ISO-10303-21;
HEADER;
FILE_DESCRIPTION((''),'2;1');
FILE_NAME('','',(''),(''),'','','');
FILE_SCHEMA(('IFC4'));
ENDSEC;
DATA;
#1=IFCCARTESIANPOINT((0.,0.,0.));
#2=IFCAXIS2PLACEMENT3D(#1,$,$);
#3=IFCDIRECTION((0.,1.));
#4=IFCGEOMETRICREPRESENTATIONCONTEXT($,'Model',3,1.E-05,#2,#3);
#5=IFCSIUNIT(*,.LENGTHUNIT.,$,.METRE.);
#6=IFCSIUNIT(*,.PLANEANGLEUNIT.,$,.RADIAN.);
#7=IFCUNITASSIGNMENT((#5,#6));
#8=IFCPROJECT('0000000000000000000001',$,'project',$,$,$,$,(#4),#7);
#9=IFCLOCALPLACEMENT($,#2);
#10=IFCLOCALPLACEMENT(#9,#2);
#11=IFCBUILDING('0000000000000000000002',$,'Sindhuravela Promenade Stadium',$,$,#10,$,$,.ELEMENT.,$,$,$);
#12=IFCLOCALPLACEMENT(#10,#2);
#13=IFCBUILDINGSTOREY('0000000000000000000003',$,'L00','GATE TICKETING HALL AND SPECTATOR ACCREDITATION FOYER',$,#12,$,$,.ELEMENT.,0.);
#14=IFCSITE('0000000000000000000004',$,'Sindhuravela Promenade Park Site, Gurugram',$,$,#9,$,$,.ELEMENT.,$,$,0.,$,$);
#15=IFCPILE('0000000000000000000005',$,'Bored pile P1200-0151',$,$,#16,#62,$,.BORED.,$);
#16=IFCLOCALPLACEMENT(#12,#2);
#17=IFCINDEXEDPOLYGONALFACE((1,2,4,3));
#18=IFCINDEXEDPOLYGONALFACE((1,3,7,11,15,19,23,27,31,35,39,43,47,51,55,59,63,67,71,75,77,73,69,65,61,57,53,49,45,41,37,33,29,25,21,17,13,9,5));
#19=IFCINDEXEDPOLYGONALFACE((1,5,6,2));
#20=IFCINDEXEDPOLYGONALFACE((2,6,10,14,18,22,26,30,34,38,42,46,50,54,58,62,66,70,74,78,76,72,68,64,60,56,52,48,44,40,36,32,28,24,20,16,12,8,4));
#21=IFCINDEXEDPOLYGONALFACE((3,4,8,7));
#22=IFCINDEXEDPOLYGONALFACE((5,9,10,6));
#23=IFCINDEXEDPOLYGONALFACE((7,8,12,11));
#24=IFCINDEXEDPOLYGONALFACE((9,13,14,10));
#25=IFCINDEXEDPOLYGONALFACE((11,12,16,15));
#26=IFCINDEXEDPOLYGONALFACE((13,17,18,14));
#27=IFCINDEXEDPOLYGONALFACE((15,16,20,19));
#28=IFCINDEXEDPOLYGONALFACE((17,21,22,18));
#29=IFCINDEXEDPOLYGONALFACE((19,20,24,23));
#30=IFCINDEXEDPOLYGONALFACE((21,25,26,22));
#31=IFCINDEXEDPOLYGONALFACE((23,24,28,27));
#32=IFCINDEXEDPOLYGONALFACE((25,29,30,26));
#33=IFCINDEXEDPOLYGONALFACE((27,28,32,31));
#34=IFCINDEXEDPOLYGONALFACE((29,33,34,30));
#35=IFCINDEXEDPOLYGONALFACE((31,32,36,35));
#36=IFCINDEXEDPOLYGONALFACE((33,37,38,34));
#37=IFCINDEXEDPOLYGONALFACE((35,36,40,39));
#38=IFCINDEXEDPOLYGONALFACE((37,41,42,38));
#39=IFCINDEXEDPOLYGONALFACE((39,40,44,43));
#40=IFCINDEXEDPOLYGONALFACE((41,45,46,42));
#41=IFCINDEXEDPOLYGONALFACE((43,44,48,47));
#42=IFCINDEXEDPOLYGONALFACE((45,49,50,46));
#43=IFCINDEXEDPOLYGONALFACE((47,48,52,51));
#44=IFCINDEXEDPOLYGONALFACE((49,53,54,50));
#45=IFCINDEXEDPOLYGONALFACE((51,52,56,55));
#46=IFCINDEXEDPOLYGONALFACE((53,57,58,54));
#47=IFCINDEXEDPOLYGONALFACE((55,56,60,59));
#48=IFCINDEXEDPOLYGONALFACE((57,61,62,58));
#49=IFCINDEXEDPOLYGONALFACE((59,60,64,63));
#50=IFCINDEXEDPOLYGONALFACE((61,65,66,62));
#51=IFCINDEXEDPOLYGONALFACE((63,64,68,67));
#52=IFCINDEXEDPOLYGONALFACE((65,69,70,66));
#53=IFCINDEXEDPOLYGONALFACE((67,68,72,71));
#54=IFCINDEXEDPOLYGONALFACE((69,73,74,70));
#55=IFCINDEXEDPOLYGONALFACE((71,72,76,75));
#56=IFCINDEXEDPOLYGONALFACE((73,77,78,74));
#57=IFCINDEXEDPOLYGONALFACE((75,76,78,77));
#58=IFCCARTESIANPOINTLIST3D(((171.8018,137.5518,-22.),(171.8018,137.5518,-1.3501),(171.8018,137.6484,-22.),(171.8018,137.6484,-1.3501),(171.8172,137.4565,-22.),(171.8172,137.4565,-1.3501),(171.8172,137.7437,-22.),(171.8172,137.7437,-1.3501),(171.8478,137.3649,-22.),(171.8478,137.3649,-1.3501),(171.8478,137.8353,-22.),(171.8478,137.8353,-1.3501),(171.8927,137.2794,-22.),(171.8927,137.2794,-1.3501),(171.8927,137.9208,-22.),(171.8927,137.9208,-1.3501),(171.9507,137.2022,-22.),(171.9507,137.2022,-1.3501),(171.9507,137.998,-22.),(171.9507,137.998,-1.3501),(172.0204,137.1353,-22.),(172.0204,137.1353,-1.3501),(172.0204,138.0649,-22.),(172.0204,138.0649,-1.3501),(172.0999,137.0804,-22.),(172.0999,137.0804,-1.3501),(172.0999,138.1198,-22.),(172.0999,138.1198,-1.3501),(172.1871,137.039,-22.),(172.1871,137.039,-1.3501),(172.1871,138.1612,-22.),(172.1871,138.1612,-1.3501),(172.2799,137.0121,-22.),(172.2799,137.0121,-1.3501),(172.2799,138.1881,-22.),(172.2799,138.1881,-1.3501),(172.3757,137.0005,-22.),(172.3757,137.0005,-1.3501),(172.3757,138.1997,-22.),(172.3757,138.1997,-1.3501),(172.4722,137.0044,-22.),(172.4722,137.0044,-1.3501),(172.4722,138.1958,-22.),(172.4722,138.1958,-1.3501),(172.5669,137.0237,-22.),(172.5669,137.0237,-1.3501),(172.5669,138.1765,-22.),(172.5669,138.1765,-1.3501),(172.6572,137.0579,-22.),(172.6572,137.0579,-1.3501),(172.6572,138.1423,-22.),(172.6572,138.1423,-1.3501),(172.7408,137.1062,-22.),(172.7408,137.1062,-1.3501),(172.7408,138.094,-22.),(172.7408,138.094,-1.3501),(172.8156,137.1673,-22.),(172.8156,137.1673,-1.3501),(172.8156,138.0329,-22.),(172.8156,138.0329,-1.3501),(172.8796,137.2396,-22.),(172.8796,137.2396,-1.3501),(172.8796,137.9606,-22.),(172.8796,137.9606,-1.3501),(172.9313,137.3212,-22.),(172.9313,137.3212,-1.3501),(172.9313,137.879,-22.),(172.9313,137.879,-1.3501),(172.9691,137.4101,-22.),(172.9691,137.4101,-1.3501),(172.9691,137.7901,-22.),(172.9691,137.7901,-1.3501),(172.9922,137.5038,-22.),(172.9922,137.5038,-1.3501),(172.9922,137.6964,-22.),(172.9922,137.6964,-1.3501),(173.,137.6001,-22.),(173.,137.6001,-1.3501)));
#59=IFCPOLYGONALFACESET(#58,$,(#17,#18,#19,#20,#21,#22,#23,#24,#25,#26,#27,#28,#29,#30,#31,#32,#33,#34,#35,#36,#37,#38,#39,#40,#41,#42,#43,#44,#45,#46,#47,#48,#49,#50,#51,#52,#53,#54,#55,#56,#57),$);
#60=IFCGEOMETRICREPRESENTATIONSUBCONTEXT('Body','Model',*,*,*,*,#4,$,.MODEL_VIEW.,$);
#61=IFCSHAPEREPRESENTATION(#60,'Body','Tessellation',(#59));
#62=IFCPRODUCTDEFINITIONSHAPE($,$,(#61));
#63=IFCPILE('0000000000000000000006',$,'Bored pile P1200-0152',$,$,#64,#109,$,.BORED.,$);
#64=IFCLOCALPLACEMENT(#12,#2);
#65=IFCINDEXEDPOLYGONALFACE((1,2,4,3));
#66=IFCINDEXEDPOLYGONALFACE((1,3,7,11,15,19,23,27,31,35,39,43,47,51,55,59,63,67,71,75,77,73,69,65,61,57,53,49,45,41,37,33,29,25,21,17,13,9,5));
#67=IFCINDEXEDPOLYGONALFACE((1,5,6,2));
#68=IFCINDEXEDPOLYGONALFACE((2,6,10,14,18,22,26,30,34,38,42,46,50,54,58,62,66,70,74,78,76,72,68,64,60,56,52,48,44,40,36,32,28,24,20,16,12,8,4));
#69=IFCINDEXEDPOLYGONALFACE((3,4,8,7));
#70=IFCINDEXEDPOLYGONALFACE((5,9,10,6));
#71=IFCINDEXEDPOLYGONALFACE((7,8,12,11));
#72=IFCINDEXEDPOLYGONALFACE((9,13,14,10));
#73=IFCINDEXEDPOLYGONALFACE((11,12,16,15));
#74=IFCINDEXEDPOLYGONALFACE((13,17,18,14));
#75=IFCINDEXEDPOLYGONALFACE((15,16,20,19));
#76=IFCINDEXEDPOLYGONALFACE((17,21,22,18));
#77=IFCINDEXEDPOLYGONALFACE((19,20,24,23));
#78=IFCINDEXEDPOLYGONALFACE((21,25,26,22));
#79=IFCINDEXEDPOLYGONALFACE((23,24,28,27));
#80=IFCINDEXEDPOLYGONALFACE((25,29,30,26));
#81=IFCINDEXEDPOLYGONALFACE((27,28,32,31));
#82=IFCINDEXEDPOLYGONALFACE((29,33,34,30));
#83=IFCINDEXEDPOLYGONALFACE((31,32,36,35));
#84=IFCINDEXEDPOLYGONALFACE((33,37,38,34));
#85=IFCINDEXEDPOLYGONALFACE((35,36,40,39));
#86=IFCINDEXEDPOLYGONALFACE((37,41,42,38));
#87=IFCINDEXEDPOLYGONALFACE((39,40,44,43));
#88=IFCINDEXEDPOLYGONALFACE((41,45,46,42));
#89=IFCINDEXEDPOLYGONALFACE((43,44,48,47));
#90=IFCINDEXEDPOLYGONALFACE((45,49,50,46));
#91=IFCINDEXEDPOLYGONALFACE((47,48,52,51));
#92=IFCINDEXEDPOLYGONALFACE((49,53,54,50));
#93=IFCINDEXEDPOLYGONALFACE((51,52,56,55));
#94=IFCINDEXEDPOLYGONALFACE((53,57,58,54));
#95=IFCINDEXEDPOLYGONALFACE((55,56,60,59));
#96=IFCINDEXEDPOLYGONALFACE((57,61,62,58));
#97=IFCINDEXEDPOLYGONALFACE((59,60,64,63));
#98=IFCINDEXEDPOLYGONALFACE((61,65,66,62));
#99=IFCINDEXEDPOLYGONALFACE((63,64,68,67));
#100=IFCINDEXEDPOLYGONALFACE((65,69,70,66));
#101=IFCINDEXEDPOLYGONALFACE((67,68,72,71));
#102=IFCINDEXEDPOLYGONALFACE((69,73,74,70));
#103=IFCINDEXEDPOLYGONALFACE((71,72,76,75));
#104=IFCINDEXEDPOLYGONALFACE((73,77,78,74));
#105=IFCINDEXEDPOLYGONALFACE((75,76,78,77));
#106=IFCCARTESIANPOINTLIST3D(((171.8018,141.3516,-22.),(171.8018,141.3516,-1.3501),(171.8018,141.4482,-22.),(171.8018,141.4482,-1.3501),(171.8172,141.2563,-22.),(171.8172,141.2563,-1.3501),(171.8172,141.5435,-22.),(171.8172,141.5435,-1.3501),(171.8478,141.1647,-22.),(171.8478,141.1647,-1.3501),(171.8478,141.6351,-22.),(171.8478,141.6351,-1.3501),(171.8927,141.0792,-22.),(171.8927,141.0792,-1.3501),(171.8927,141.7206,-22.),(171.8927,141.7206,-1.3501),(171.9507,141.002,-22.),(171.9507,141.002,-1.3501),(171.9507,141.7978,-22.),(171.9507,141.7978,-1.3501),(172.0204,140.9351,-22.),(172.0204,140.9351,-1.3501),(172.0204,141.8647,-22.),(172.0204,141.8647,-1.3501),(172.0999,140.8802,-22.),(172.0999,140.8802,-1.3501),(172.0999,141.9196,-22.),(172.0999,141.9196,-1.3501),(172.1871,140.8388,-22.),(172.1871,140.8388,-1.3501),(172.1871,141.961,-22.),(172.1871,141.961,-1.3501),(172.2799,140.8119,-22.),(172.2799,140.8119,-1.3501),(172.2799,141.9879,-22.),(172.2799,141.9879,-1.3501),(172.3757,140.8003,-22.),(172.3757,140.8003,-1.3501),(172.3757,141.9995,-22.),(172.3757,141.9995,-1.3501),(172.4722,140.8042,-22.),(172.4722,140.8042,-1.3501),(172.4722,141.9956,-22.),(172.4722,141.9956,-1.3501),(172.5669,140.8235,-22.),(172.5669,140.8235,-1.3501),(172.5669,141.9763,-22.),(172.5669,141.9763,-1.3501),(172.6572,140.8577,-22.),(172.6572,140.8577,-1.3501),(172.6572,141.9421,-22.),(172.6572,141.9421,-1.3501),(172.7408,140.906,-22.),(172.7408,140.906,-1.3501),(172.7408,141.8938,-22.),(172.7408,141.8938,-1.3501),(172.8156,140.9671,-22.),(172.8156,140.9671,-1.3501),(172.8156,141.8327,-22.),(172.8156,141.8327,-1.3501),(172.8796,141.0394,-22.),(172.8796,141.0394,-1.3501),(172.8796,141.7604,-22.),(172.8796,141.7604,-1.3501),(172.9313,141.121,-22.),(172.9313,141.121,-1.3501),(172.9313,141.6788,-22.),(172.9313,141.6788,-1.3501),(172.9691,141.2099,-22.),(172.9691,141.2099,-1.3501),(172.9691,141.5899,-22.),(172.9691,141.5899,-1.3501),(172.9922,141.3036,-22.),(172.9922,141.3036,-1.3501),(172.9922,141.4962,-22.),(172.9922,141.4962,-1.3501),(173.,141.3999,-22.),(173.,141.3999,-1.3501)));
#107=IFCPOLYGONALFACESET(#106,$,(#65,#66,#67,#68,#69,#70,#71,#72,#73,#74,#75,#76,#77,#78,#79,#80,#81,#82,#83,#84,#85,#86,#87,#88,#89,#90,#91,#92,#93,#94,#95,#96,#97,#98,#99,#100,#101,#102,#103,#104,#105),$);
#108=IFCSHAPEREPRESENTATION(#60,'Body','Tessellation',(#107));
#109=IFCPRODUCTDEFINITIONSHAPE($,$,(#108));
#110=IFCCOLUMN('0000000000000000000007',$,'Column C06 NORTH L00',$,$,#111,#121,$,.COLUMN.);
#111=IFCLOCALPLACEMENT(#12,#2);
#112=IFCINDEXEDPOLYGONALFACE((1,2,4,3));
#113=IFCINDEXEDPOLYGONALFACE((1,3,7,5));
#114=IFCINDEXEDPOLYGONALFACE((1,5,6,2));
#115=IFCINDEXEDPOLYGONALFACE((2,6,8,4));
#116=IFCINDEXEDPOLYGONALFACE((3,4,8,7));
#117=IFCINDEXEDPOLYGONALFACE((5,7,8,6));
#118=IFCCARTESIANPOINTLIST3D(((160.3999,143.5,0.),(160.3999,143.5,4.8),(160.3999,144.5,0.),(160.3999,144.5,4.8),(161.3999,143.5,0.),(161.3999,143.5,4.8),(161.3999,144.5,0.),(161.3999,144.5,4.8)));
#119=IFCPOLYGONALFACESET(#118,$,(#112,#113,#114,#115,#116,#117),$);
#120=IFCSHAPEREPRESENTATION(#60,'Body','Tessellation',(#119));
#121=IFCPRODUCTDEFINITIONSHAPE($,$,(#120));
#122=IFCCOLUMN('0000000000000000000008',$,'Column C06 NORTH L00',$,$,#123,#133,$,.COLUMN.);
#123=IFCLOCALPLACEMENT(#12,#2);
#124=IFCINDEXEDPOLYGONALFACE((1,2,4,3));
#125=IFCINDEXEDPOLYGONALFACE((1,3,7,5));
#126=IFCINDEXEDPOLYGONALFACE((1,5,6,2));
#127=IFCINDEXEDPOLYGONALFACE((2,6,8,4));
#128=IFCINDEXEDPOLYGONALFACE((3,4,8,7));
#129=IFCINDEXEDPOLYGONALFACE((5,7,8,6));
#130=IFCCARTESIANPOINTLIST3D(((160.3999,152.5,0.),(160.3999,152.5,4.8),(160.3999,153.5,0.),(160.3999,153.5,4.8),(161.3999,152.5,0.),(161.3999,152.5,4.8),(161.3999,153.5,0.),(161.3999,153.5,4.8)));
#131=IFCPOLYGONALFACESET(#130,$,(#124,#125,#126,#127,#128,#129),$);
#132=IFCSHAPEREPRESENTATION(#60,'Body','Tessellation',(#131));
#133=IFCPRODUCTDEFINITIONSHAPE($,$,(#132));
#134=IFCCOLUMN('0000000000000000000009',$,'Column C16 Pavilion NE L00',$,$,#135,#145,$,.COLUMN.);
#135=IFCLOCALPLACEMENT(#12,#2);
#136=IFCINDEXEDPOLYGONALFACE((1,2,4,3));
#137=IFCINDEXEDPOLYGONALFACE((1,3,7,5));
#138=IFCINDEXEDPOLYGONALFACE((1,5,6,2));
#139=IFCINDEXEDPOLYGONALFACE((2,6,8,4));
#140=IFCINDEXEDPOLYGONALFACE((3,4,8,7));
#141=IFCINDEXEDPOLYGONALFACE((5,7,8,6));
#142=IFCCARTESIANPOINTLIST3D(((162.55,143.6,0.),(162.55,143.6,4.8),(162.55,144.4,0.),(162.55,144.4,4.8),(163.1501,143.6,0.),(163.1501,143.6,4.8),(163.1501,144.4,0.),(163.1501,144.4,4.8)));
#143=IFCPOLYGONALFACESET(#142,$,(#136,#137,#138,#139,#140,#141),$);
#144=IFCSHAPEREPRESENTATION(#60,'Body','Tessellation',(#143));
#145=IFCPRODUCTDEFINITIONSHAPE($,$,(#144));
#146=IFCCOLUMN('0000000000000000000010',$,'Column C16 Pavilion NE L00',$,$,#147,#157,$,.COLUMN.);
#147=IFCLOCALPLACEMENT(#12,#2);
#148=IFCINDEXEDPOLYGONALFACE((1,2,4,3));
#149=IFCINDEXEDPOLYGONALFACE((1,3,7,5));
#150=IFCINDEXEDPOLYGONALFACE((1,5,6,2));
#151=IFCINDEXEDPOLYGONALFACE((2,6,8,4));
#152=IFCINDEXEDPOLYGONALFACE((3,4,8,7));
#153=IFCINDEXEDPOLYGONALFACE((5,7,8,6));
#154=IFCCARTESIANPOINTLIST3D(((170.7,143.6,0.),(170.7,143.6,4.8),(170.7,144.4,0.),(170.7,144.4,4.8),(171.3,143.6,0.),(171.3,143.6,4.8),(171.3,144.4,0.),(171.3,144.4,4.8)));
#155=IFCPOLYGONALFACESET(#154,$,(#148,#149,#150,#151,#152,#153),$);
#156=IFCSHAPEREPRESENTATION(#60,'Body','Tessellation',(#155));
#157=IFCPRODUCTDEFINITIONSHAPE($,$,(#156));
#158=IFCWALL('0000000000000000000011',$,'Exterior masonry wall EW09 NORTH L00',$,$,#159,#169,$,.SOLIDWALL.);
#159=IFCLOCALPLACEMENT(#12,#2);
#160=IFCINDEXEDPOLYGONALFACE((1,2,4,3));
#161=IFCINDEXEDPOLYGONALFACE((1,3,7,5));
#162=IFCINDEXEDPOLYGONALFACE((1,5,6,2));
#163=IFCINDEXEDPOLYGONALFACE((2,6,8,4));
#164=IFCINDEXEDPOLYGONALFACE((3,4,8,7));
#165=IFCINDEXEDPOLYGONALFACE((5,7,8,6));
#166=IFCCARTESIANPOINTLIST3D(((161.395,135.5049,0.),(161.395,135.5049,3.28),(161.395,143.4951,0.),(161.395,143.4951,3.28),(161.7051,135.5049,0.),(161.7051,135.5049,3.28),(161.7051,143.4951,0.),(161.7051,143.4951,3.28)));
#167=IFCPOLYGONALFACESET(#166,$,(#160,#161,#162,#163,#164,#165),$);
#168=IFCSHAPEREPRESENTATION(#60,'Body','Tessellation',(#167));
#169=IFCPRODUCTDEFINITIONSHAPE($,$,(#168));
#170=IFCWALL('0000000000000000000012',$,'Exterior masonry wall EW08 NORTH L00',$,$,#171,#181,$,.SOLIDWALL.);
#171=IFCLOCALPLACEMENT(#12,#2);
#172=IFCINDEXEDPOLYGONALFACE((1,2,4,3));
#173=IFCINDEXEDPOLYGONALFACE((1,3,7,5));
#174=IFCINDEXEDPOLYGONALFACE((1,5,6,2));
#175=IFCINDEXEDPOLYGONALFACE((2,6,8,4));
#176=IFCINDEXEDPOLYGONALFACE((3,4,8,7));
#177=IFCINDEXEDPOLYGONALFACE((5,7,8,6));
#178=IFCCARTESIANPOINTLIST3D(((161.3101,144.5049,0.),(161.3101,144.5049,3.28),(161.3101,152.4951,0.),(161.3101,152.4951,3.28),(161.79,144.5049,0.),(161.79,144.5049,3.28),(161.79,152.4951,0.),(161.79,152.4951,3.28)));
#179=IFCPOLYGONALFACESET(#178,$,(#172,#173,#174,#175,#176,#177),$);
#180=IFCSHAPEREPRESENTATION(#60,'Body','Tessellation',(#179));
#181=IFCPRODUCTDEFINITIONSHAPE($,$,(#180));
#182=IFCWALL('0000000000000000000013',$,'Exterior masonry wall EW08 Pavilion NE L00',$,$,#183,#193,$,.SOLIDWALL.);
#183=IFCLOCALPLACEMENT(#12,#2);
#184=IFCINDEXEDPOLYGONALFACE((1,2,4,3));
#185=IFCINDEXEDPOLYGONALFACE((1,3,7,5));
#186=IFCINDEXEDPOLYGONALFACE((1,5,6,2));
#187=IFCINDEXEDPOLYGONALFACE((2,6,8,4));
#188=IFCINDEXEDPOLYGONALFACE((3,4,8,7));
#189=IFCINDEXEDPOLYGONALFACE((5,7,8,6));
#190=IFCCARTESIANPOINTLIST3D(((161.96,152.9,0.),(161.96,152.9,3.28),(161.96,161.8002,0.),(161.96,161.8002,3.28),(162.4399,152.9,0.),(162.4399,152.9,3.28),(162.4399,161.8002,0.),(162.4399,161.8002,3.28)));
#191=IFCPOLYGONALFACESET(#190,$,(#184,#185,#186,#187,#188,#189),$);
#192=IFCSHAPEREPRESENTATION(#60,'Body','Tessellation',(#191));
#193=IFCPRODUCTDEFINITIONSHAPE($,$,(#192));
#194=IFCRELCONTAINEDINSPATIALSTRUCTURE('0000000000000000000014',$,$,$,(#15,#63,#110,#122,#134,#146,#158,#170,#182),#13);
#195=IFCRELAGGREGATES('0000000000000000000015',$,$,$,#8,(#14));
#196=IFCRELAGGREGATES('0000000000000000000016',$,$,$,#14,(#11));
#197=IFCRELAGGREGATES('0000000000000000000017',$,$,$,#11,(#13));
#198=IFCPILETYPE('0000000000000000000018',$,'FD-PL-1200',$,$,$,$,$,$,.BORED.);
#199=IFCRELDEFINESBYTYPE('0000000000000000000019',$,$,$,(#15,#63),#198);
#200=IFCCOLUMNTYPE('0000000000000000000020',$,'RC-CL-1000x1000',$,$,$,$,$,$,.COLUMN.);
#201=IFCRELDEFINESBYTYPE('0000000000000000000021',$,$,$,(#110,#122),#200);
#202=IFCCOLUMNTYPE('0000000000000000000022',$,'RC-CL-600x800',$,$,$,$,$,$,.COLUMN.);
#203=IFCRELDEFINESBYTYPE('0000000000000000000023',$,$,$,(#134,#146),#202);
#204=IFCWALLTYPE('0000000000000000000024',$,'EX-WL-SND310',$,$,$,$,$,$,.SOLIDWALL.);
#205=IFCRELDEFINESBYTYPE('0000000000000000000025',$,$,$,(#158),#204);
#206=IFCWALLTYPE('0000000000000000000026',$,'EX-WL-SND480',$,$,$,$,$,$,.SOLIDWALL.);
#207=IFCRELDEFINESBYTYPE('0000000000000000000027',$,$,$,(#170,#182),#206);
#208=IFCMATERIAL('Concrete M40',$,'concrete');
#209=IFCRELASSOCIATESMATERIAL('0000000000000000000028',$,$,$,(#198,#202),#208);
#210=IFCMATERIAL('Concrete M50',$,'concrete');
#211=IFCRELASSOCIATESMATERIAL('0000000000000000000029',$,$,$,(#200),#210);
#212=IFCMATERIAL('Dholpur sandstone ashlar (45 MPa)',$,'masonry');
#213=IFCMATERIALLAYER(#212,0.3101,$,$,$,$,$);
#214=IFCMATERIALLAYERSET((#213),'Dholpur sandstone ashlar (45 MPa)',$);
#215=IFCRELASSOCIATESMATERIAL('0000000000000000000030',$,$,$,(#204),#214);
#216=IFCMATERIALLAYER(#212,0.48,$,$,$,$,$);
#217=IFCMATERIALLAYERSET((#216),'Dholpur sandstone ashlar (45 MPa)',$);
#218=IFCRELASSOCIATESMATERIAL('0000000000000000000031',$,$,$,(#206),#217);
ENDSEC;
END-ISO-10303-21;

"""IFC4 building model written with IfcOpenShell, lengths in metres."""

from ifc_helpers import new_model, si_unit, direction, frame, frame_2d, origin, origin_2d, place, context, subcontext, project, spatial, rectangle, circle, extrude, material, layer, layer_set, material_profile, profile_set, type_object, element, save


model = new_model("IFC4")

# Units and contexts
model_context = context("Model", 3, precision=1e-05, world=origin(), true_north=direction((0.0, 1.0)))
body_context = subcontext(model_context, "Body", "Model", "MODEL_VIEW")
ifc_project = project(units=[si_unit("LENGTHUNIT", "METRE"), si_unit("PLANEANGLEUNIT", "RADIAN")], contexts=[model_context])

# Site, building, storey
site_placement = place(None, origin())
site = spatial("IfcSite", under=ifc_project, at=site_placement, Name="Sindhuravela Promenade Park Site, Gurugram", CompositionType="ELEMENT", RefElevation=0.0)
building_placement = place(site_placement, origin())
building = spatial("IfcBuilding", under=site, at=building_placement, Name="Sindhuravela Promenade Stadium", CompositionType="ELEMENT")
storey_placement = place(building_placement, origin())
storey = spatial("IfcBuildingStorey", under=building, at=storey_placement, Name="L00", Description="GATE TICKETING HALL AND SPECTATOR ACCREDITATION FOYER", CompositionType="ELEMENT", Elevation=0.0)

# Shared definitions
ifc_material_1 = material(Name="Concrete M50", Category="concrete")

# Piles
ifc_material_2 = material(Name="Concrete M40", Category="concrete")
ifc_material_profile_1 = material_profile(ifc_material_2, circle(Radius=0.6001, at=origin_2d()), Name="BORED PILE D1200")
ifc_profile_set_1 = profile_set([ifc_material_profile_1], Name="Concrete M40")
pile_type_1 = type_object("IfcPileType", Name="FD-PL-1200", PredefinedType="BORED", material=ifc_profile_set_1)
for number, where, z_axis, x_axis, name in (
    (1, (172.3999, 137.6001, -1.3501), (0.0, 0.0, -1.0), (1.0, 0.0, 0.0), "Bored pile P1200-0151"),
    (2, (172.3999, 141.3999, -1.3501), (0.0, 0.0, -1.0), (1.0, 0.0, 0.0), "Bored pile P1200-0152"),
):
    element("IfcPile", number, at=place(storey_placement, frame(where, z_axis=z_axis, x_axis=x_axis)), inside=storey, type_object=pile_type_1, Name=name, PredefinedType="BORED", context=body_context, shape_type="SweptSolid", body=[
        extrude(circle(Radius=0.6001, at=origin_2d()), origin(), (0.0, 0.0, 1.0), 20.6499),
    ])

# Columns
ifc_material_profile_2 = material_profile(ifc_material_1, rectangle(XDim=1.0, YDim=1.0, at=origin_2d()), Name="RC 1000x1000")
ifc_profile_set_2 = profile_set([ifc_material_profile_2], Name="Concrete M50")
column_type_1 = type_object("IfcColumnType", Name="RC-CL-1000x1000", PredefinedType="COLUMN", material=ifc_profile_set_2)
for number, where, z_axis, x_axis, name in (
    (3, (160.8999, 144.0, 0.0), (0.0, 0.0, 1.0), (1.0, 0.0, 0.0), "Column C06 NORTH L00"),
    (4, (160.8999, 153.0, 0.0), (0.0, 0.0, 1.0), (1.0, 0.0, 0.0), "Column C06 NORTH L00"),
):
    element("IfcColumn", number, at=place(storey_placement, frame(where, z_axis=z_axis, x_axis=x_axis)), inside=storey, type_object=column_type_1, Name=name, PredefinedType="COLUMN", context=body_context, shape_type="SweptSolid", body=[
        extrude(rectangle(XDim=1.0, YDim=1.0, at=origin_2d()), origin(), (0.0, 0.0, 1.0), 4.8),
    ])
ifc_material_profile_3 = material_profile(ifc_material_2, rectangle(XDim=0.6001, YDim=0.8, at=origin_2d()), Name="RC 600x800")
ifc_profile_set_3 = profile_set([ifc_material_profile_3], Name="Concrete M40")
column_type_2 = type_object("IfcColumnType", Name="RC-CL-600x800", PredefinedType="COLUMN", material=ifc_profile_set_3)
for number, where, z_axis, x_axis, name in (
    (5, (162.8501, 144.0, 0.0), (0.0, 0.0, 1.0), (1.0, 0.0, 0.0), "Column C16 Pavilion NE L00"),
    (6, (171.0, 144.0, 0.0), (0.0, 0.0, 1.0), (1.0, 0.0, 0.0), "Column C16 Pavilion NE L00"),
):
    element("IfcColumn", number, at=place(storey_placement, frame(where, z_axis=z_axis, x_axis=x_axis)), inside=storey, type_object=column_type_2, Name=name, PredefinedType="COLUMN", context=body_context, shape_type="SweptSolid", body=[
        extrude(rectangle(XDim=0.6001, YDim=0.8, at=origin_2d()), origin(), (0.0, 0.0, 1.0), 4.8),
    ])

# Walls
ifc_material_3 = material(Name="Dholpur sandstone ashlar (45 MPa)", Category="masonry")
ifc_layer_1 = layer(ifc_material_3, 0.3101)
ifc_layer_set_1 = layer_set([ifc_layer_1], Name="Dholpur sandstone ashlar (45 MPa)")
wall_type_1 = type_object("IfcWallType", Name="EX-WL-SND310", PredefinedType="SOLIDWALL", material=ifc_layer_set_1)
wall_1_placement = place(storey_placement, frame((161.55, 143.4951, 0.0), z_axis=(0.0, 0.0, 1.0), x_axis=(0.0, -1.0, 0.0)))
element("IfcWall", 7, at=wall_1_placement, inside=storey, type_object=wall_type_1, Name="Exterior masonry wall EW09 NORTH L00", PredefinedType="SOLIDWALL", context=body_context, shape_type="SweptSolid", body=[
    extrude(rectangle(XDim=7.9902, YDim=0.3101, at=frame_2d((3.9951, 0.0))), origin(), (0.0, 0.0, 1.0), 3.28),
])
ifc_layer_2 = layer(ifc_material_3, 0.48)
ifc_layer_set_2 = layer_set([ifc_layer_2], Name="Dholpur sandstone ashlar (45 MPa)")
wall_type_2 = type_object("IfcWallType", Name="EX-WL-SND480", PredefinedType="SOLIDWALL", material=ifc_layer_set_2)
wall_2_placement = place(storey_placement, frame((161.55, 152.4951, 0.0), z_axis=(0.0, 0.0, 1.0), x_axis=(0.0, -1.0, 0.0)))
element("IfcWall", 8, at=wall_2_placement, inside=storey, type_object=wall_type_2, Name="Exterior masonry wall EW08 NORTH L00", PredefinedType="SOLIDWALL", context=body_context, shape_type="SweptSolid", body=[
    extrude(rectangle(XDim=7.9902, YDim=0.48, at=frame_2d((3.9951, 0.0))), origin(), (0.0, 0.0, 1.0), 3.28),
])
wall_3_placement = place(storey_placement, frame((162.2, 152.8999, 0.0), z_axis=(0.0, 0.0, 1.0), x_axis=(0.0, 1.0, 0.0)))
element("IfcWall", 9, at=wall_3_placement, inside=storey, type_object=wall_type_2, Name="Exterior masonry wall EW08 Pavilion NE L00", PredefinedType="SOLIDWALL", context=body_context, shape_type="SweptSolid", body=[
    extrude(rectangle(XDim=8.9001, YDim=0.48, at=frame_2d((4.4502, 0.0))), origin(), (0.0, 0.0, 1.0), 3.28),
])

save(model, "model.ifc")
